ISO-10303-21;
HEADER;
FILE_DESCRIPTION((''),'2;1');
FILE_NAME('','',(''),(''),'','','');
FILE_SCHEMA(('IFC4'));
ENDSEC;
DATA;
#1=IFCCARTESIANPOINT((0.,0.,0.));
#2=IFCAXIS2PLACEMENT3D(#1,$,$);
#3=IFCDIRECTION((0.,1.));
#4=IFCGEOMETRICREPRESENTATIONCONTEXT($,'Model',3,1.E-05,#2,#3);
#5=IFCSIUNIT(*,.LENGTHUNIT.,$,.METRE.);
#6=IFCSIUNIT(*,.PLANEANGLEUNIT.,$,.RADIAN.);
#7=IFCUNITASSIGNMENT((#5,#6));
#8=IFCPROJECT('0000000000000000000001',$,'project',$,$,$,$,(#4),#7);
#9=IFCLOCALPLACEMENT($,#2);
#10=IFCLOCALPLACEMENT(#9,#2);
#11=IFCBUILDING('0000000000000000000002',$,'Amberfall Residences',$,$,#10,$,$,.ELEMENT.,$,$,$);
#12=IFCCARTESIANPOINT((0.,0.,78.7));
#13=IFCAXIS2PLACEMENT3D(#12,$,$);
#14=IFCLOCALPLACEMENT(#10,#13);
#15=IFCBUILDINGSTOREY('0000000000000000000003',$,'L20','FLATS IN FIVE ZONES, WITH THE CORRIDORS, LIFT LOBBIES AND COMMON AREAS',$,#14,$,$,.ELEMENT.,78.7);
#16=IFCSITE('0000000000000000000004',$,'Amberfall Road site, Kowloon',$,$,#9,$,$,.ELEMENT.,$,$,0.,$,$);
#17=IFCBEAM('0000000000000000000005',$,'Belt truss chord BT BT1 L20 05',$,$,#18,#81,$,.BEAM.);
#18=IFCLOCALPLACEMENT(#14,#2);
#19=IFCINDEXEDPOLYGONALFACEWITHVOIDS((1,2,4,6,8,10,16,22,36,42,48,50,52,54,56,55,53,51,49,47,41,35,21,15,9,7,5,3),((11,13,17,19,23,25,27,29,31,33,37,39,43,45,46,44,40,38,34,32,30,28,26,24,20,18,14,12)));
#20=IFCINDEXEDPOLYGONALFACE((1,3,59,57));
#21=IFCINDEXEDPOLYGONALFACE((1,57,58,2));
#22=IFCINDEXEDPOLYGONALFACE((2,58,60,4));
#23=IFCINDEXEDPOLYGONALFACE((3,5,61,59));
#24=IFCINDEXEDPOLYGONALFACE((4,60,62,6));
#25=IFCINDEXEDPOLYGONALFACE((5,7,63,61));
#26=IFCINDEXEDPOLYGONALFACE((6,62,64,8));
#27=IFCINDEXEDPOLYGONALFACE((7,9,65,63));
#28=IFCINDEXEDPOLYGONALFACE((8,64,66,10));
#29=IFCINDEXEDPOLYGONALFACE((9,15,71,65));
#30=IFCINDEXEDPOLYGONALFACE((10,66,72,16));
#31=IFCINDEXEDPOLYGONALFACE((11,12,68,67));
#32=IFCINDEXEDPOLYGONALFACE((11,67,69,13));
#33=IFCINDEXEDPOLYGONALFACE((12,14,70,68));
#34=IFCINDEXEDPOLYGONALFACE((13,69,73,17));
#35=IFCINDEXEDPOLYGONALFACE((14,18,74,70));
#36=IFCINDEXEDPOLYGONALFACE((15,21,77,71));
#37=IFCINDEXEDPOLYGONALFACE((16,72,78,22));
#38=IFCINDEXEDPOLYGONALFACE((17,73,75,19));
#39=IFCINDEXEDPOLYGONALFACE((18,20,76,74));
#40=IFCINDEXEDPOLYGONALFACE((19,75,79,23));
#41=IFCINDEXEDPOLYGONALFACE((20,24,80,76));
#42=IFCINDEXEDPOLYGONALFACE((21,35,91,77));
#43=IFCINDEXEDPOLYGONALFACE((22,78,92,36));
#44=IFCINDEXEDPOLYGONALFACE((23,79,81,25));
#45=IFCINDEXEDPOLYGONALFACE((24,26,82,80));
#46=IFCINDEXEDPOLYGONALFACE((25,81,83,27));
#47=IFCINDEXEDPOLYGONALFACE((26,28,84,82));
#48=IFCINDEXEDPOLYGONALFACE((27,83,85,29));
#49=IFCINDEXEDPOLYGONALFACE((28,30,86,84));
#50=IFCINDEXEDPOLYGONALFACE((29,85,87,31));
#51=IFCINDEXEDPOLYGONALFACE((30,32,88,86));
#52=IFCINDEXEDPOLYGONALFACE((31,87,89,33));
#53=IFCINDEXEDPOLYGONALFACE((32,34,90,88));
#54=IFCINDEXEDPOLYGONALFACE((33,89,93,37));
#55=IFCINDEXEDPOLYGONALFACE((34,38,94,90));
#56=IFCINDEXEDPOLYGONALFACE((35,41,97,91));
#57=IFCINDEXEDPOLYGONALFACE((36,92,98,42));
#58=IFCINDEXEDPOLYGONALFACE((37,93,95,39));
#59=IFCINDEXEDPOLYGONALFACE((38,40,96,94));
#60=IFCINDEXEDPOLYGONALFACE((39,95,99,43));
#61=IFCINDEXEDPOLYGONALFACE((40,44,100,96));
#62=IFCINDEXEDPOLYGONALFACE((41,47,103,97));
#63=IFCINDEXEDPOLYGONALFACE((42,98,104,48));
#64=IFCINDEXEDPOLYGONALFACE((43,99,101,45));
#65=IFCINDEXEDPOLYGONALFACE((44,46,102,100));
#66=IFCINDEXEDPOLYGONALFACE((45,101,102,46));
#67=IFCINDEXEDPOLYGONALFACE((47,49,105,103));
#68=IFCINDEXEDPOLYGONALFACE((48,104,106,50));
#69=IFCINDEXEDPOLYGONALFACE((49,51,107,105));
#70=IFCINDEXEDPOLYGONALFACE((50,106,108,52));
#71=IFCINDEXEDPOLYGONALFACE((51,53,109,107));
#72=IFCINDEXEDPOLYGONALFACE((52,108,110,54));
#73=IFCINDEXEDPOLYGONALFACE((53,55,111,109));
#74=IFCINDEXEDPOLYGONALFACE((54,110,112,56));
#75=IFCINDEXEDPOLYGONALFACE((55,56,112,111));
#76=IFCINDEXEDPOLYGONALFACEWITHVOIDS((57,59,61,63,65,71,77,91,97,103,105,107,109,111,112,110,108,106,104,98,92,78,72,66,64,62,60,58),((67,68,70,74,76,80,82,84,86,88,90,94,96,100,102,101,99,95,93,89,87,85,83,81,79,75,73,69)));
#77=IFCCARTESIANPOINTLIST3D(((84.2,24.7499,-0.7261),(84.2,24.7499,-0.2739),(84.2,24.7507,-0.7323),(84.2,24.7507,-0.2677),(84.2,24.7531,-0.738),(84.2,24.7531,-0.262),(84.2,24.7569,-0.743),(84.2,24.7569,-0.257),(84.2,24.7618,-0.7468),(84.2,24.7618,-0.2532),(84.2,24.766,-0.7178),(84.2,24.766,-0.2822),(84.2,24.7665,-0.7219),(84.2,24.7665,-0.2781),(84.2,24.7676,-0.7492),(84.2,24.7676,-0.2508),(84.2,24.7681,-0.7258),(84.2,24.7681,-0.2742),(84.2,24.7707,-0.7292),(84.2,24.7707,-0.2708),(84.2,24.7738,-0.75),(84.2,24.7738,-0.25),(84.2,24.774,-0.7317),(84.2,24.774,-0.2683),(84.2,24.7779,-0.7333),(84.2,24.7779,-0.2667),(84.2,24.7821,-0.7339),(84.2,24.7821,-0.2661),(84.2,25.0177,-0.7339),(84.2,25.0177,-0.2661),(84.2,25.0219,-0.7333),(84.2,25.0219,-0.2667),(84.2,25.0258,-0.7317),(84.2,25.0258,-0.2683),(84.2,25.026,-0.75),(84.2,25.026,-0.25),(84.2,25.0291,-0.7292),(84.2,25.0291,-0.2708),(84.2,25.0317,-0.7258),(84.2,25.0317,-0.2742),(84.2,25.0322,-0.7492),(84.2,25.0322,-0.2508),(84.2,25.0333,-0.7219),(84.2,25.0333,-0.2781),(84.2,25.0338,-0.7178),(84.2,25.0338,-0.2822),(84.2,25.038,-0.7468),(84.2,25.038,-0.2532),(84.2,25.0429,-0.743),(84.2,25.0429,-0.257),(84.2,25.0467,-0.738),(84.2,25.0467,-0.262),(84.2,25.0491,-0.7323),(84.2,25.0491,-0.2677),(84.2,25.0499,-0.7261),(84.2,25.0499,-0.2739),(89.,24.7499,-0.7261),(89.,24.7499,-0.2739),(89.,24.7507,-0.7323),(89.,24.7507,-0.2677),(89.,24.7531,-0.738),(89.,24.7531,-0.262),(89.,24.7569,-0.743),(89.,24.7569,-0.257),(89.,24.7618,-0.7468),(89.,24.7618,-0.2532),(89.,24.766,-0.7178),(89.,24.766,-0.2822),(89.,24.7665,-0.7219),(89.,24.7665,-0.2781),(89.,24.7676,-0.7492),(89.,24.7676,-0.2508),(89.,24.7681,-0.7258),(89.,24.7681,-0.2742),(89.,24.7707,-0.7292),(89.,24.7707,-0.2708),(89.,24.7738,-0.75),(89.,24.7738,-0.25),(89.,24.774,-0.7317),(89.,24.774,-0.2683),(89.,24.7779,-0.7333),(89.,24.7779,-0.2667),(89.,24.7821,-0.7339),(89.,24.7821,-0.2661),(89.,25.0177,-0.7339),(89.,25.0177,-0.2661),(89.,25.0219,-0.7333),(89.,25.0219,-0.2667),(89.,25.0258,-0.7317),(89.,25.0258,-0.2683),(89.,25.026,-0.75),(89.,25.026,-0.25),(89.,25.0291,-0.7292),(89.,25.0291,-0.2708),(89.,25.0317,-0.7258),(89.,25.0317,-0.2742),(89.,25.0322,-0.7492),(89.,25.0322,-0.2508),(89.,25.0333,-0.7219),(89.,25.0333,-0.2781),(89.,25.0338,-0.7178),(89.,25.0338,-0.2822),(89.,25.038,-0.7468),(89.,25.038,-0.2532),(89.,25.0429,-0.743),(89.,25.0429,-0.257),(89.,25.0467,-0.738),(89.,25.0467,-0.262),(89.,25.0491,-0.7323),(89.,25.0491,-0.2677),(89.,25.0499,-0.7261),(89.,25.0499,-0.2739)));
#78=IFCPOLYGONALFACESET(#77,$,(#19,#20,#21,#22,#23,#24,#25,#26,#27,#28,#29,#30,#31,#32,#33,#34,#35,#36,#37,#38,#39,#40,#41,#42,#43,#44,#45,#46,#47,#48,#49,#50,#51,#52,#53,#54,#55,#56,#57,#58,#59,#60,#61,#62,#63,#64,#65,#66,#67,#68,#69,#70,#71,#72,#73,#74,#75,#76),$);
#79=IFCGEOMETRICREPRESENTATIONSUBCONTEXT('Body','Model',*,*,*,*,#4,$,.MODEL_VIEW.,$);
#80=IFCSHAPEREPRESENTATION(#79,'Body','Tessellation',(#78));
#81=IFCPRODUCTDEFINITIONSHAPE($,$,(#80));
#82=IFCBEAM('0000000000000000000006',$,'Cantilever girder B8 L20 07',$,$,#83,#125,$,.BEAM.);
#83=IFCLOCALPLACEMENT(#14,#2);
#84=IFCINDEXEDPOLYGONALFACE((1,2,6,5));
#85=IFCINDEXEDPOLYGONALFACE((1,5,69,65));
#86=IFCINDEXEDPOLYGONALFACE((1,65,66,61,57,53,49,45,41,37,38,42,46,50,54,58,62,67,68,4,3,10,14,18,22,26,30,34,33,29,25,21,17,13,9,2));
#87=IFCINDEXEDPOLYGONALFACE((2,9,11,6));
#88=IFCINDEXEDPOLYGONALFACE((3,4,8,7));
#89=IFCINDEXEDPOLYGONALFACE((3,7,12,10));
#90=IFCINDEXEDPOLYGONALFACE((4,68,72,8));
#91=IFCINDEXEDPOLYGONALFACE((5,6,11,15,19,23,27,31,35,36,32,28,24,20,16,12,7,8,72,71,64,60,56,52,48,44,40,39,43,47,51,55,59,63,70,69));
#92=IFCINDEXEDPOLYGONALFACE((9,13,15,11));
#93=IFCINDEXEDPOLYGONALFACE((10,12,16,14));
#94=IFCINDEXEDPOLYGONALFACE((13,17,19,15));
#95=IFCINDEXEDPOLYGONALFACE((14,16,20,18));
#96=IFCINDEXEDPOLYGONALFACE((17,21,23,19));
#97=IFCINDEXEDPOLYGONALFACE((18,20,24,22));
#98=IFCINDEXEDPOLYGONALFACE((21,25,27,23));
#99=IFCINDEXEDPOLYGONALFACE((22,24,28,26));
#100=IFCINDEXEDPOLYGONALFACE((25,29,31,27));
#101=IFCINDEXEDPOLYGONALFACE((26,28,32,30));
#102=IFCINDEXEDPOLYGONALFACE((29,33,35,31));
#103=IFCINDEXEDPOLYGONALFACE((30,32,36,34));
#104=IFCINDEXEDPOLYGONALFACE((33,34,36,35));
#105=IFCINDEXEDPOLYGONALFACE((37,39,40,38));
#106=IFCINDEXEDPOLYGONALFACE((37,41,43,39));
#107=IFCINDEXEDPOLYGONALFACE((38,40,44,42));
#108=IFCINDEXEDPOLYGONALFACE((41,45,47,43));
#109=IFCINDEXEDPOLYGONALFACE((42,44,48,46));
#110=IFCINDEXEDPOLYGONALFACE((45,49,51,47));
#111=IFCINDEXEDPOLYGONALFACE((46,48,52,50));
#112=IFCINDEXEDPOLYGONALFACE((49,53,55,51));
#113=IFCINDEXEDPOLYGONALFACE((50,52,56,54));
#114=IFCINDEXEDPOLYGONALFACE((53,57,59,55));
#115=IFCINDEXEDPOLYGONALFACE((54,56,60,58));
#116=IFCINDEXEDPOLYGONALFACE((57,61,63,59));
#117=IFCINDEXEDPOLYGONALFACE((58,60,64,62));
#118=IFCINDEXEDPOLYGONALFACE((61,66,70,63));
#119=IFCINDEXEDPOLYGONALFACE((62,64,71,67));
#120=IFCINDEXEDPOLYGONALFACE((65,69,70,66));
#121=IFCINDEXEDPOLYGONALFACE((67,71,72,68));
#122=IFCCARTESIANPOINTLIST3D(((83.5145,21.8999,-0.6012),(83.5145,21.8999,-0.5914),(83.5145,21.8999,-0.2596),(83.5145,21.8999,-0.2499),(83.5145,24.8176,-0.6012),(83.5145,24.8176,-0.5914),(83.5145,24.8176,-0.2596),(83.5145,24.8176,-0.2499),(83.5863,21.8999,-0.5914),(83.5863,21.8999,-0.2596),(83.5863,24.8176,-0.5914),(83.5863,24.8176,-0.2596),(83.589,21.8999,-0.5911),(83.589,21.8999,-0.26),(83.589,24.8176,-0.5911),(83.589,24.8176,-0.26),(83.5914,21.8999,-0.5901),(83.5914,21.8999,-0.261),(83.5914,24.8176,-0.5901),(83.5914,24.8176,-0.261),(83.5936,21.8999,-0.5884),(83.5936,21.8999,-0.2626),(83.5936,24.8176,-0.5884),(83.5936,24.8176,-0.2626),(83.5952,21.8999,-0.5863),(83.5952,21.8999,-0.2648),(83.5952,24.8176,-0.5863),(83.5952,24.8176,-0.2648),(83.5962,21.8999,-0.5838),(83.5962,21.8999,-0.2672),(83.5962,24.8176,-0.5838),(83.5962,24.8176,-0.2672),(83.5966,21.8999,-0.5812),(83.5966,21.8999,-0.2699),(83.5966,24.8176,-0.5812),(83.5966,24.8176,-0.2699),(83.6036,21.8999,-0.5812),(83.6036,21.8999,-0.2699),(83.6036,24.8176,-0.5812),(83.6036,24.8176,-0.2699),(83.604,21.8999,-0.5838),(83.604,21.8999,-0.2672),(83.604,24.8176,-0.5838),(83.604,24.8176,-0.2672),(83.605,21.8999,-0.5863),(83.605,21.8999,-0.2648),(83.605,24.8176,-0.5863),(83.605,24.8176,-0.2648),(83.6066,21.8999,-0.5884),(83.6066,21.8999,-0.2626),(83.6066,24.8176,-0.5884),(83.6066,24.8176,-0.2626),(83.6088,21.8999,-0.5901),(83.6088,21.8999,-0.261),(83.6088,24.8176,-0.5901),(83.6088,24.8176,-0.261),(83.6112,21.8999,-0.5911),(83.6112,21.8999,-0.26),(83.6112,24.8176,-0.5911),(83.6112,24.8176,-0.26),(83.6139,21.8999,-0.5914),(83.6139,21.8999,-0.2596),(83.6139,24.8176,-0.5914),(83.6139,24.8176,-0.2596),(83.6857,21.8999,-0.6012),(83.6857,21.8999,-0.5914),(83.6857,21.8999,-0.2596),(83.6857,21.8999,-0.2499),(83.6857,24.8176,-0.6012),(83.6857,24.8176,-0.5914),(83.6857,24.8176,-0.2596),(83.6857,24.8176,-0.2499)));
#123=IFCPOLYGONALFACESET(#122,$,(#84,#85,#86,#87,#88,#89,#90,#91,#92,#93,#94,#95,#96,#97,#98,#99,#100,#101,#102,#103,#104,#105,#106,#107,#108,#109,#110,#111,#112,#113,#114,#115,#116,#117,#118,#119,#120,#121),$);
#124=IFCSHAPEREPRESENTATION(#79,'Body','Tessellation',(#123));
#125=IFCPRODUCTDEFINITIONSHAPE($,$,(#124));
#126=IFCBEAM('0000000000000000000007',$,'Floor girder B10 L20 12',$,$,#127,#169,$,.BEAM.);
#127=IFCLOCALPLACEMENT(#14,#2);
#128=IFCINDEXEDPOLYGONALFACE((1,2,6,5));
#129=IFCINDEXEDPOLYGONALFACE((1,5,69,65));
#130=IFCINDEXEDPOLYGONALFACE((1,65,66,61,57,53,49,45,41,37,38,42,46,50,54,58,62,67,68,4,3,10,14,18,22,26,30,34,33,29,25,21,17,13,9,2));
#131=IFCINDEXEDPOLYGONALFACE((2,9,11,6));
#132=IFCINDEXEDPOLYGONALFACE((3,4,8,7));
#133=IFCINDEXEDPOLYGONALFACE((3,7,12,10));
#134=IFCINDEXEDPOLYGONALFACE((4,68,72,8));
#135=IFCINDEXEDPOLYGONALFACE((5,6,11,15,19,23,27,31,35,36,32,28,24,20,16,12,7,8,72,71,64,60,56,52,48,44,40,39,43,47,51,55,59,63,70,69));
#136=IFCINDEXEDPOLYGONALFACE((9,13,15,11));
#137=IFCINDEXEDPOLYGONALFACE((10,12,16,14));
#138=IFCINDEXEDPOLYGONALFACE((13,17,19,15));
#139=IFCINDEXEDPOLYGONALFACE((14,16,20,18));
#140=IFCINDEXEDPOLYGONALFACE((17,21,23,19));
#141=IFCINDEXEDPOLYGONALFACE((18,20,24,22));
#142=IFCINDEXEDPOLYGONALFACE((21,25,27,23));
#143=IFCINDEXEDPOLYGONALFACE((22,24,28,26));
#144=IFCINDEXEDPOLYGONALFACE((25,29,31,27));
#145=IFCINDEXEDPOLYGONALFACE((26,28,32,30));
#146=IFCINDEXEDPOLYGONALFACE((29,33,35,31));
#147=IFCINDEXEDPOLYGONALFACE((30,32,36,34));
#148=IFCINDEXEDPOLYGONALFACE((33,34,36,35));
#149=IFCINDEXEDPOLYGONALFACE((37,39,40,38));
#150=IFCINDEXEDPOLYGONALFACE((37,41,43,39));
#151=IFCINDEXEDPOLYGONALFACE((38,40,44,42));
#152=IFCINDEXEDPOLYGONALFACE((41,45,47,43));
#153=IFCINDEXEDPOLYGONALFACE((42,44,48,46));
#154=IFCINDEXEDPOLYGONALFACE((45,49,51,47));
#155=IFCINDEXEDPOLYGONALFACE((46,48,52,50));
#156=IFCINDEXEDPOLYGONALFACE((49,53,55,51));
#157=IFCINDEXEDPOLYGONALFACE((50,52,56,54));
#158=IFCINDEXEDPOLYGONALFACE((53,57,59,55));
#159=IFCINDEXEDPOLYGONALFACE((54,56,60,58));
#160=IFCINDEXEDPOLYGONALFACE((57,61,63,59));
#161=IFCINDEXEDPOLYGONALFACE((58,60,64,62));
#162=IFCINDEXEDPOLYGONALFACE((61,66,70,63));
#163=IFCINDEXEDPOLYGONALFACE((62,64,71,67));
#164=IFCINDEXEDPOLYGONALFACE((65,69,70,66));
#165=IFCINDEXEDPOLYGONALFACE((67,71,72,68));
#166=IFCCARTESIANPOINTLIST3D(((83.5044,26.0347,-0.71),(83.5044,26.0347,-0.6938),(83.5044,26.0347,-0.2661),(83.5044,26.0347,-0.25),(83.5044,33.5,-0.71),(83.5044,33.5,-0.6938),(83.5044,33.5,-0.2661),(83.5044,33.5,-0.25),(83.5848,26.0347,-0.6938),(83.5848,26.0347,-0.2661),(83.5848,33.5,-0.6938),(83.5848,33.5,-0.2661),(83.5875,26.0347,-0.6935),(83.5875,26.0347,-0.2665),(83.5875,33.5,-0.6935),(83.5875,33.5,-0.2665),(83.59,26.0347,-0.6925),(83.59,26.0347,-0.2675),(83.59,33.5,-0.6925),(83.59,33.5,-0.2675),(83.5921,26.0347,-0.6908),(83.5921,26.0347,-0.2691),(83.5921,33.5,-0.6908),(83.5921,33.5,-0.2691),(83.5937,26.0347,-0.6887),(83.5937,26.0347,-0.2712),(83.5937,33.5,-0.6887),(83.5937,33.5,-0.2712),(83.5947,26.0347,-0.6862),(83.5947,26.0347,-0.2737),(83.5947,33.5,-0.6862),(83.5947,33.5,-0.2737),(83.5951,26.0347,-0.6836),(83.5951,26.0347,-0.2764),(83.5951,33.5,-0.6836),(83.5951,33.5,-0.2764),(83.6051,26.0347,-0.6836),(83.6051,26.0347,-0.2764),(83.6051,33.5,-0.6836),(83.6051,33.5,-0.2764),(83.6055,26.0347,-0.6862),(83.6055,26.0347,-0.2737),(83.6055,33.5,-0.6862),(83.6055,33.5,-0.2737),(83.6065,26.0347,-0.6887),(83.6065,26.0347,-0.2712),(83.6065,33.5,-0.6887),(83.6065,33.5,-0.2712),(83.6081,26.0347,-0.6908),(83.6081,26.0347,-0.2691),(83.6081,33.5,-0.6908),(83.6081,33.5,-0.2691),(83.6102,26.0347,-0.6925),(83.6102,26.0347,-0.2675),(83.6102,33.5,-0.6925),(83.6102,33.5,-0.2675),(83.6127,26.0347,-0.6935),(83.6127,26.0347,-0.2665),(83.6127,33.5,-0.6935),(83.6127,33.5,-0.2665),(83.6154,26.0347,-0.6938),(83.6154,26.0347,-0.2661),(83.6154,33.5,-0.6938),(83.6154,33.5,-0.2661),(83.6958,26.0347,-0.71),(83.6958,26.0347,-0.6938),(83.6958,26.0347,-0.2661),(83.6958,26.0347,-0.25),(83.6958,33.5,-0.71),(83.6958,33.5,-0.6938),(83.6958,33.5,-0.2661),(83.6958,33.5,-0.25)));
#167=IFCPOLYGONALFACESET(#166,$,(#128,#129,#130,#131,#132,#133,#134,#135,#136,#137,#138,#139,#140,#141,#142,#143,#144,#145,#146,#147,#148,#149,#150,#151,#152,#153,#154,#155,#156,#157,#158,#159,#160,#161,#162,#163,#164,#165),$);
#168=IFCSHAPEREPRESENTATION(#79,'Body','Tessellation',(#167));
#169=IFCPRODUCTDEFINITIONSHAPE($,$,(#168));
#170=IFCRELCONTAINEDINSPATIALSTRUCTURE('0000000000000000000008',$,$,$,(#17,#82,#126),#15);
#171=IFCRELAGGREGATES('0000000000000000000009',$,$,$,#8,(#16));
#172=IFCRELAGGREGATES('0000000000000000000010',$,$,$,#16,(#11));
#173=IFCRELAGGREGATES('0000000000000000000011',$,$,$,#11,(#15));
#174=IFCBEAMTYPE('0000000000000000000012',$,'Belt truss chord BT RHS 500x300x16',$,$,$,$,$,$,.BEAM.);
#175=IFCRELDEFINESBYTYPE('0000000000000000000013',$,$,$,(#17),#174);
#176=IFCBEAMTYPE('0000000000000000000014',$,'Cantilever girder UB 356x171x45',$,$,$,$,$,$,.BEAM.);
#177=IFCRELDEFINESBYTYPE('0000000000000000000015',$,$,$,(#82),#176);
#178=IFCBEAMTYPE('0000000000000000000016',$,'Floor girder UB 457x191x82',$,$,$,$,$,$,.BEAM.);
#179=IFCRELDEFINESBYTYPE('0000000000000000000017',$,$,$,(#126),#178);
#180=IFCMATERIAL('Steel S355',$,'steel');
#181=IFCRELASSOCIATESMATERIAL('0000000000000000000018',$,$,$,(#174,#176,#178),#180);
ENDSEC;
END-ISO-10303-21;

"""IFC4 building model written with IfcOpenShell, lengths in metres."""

from ifc_helpers import new_model, si_unit, direction, frame, origin, origin_2d, place, context, subcontext, project, spatial, hollow_rectangle, i_section, extrude, material, material_profile, profile_set, type_object, element, save


model = new_model("IFC4")

# Units and contexts
model_context = context("Model", 3, precision=1e-05, world=origin(), true_north=direction((0.0, 1.0)))
body_context = subcontext(model_context, "Body", "Model", "MODEL_VIEW")
ifc_project = project(units=[si_unit("LENGTHUNIT", "METRE"), si_unit("PLANEANGLEUNIT", "RADIAN")], contexts=[model_context])

# Site, building, storey
site_placement = place(None, origin())
site = spatial("IfcSite", under=ifc_project, at=site_placement, Name="Amberfall Road site, Kowloon", CompositionType="ELEMENT", RefElevation=0.0)
building_placement = place(site_placement, origin())
building = spatial("IfcBuilding", under=site, at=building_placement, Name="Amberfall Residences", CompositionType="ELEMENT")
storey_placement = place(building_placement, frame((0.0, 0.0, 78.7)))
storey = spatial("IfcBuildingStorey", under=building, at=storey_placement, Name="L20", Description="FLATS IN FIVE ZONES, WITH THE CORRIDORS, LIFT LOBBIES AND COMMON AREAS", CompositionType="ELEMENT", Elevation=78.7)

# Beams
ifc_material_1 = material(Name="Steel S355", Category="steel")
ifc_material_profile_1 = material_profile(ifc_material_1, hollow_rectangle(XDim=0.3, YDim=0.5, WallThickness=0.0161, InnerFilletRadius=0.0161, OuterFilletRadius=0.0239, at=origin_2d()), Name="RHS 500x300x16")
ifc_profile_set_1 = profile_set([ifc_material_profile_1], Name="Steel S355")
beam_type_1 = type_object("IfcBeamType", Name="Belt truss chord BT RHS 500x300x16", PredefinedType="BEAM", material=ifc_profile_set_1)
beam_1_placement = place(storey_placement, frame((84.2, 24.8999, -0.5), z_axis=(1.0, 0.0, 0.0), x_axis=(0.0, 1.0, 0.0)))
element("IfcBeam", 1, at=beam_1_placement, inside=storey, type_object=beam_type_1, Name="Belt truss chord BT BT1 L20 05", PredefinedType="BEAM", context=body_context, shape_type="SweptSolid", body=[
    extrude(hollow_rectangle(XDim=0.3, YDim=0.5, WallThickness=0.0161, InnerFilletRadius=0.0161, OuterFilletRadius=0.0239, at=origin_2d()), origin(), (0.0, 0.0, 1.0), 4.8),
])
ifc_material_profile_2 = material_profile(ifc_material_1, i_section(OverallWidth=0.1711, OverallDepth=0.3513, WebThickness=0.0071, FlangeThickness=0.0098, FilletRadius=0.0103, at=origin_2d()), Name="UB 356x171x45")
ifc_profile_set_2 = profile_set([ifc_material_profile_2], Name="Steel S355")
beam_type_2 = type_object("IfcBeamType", Name="Cantilever girder UB 356x171x45", PredefinedType="BEAM", material=ifc_profile_set_2)
beam_2_placement = place(storey_placement, frame((83.6001, 24.8176, -0.4255), z_axis=(0.0, -1.0, 0.0), x_axis=(1.0, 0.0, 0.0)))
element("IfcBeam", 2, at=beam_2_placement, inside=storey, type_object=beam_type_2, Name="Cantilever girder B8 L20 07", PredefinedType="BEAM", context=body_context, shape_type="SweptSolid", body=[
    extrude(i_section(OverallWidth=0.1711, OverallDepth=0.3513, WebThickness=0.0071, FlangeThickness=0.0098, FilletRadius=0.0103, at=origin_2d()), origin(), (0.0, 0.0, 1.0), 2.9177),
])
ifc_material_profile_3 = material_profile(ifc_material_1, i_section(OverallWidth=0.1914, OverallDepth=0.46, WebThickness=0.01, FlangeThickness=0.0161, FilletRadius=0.0103, at=origin_2d()), Name="UB 457x191x82")
ifc_profile_set_3 = profile_set([ifc_material_profile_3], Name="Steel S355")
beam_type_3 = type_object("IfcBeamType", Name="Floor girder UB 457x191x82", PredefinedType="BEAM", material=ifc_profile_set_3)
beam_3_placement = place(storey_placement, frame((83.6001, 26.0347, -0.48), z_axis=(0.0, 1.0, 0.0), x_axis=(-1.0, 0.0, 0.0)))
element("IfcBeam", 3, at=beam_3_placement, inside=storey, type_object=beam_type_3, Name="Floor girder B10 L20 12", PredefinedType="BEAM", context=body_context, shape_type="SweptSolid", body=[
    extrude(i_section(OverallWidth=0.1914, OverallDepth=0.46, WebThickness=0.01, FlangeThickness=0.0161, FilletRadius=0.0103, at=origin_2d()), origin(), (0.0, 0.0, 1.0), 7.4653),
])

save(model, "model.ifc")
